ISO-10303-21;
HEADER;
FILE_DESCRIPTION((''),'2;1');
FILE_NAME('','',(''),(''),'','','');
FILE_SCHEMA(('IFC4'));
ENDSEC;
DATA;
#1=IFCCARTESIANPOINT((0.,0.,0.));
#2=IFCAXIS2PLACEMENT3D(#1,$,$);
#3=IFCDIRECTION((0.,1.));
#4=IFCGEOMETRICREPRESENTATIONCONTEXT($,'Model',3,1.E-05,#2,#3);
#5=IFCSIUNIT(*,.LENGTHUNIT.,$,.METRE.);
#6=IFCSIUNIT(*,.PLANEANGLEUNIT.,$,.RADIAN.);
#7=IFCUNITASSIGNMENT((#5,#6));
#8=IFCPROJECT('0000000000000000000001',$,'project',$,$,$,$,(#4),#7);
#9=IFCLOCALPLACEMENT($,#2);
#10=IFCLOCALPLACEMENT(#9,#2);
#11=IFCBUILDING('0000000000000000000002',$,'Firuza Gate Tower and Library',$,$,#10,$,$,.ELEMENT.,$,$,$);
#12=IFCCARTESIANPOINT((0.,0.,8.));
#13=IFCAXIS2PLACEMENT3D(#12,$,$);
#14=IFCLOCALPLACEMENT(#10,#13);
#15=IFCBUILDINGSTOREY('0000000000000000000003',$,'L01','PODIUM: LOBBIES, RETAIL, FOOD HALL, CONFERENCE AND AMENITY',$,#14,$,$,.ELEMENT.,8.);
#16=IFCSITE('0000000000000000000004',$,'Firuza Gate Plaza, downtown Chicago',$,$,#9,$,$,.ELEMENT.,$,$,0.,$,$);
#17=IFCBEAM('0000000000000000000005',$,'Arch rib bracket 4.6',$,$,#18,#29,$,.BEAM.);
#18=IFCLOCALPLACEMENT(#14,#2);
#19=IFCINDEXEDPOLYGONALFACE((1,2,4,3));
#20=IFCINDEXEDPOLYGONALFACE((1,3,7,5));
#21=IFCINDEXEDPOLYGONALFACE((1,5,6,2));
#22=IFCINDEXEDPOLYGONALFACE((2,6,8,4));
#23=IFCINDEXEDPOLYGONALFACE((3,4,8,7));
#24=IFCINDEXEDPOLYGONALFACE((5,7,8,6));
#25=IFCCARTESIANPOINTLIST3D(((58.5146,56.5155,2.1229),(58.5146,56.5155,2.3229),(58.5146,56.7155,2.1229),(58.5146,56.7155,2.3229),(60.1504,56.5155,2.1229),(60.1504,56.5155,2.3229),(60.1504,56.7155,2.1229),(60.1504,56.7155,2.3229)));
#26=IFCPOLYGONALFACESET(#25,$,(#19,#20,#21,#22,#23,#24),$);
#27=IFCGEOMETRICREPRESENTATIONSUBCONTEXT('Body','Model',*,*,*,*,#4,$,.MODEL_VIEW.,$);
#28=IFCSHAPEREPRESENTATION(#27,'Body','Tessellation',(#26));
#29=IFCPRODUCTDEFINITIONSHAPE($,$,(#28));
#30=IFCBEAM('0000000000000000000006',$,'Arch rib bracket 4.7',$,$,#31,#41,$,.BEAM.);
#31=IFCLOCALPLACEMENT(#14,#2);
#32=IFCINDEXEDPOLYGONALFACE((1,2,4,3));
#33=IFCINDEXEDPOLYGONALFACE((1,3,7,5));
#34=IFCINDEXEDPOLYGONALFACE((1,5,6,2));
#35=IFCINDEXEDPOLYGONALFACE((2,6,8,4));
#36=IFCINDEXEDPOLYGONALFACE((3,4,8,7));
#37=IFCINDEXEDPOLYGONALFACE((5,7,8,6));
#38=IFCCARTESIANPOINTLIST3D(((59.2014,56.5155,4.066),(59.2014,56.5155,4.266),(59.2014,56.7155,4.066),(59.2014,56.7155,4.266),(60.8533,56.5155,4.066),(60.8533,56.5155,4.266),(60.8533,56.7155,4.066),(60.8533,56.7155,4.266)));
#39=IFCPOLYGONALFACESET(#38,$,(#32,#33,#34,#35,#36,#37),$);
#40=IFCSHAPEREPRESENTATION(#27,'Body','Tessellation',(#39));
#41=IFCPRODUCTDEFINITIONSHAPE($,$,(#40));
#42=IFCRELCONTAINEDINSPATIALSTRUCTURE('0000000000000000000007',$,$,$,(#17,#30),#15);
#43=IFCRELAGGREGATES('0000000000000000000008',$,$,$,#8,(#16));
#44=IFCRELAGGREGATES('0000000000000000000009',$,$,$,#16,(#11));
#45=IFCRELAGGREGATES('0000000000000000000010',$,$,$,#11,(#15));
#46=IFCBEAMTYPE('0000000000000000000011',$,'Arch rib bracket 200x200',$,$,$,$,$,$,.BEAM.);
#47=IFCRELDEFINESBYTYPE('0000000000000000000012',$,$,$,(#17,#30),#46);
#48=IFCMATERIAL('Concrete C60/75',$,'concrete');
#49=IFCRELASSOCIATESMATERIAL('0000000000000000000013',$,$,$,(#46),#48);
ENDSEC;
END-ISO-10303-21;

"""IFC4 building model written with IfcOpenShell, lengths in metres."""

from ifc_helpers import new_model, si_unit, direction, frame, origin, origin_2d, place, context, subcontext, project, spatial, rectangle, extrude, material, material_profile, profile_set, type_object, element, save


model = new_model("IFC4")

# Units and contexts
model_context = context("Model", 3, precision=1e-05, world=origin(), true_north=direction((0.0, 1.0)))
body_context = subcontext(model_context, "Body", "Model", "MODEL_VIEW")
ifc_project = project(units=[si_unit("LENGTHUNIT", "METRE"), si_unit("PLANEANGLEUNIT", "RADIAN")], contexts=[model_context])

# Site, building, storey
site_placement = place(None, origin())
site = spatial("IfcSite", under=ifc_project, at=site_placement, Name="Firuza Gate Plaza, downtown Chicago", CompositionType="ELEMENT", RefElevation=0.0)
building_placement = place(site_placement, origin())
building = spatial("IfcBuilding", under=site, at=building_placement, Name="Firuza Gate Tower and Library", CompositionType="ELEMENT")
storey_placement = place(building_placement, frame((0.0, 0.0, 8.0)))
storey = spatial("IfcBuildingStorey", under=building, at=storey_placement, Name="L01", Description="PODIUM: LOBBIES, RETAIL, FOOD HALL, CONFERENCE AND AMENITY", CompositionType="ELEMENT", Elevation=8.0)

# Beams
ifc_material_1 = material(Name="Concrete C60/75", Category="concrete")
ifc_material_profile_1 = material_profile(ifc_material_1, rectangle(XDim=0.2, YDim=0.2, at=origin_2d()))
ifc_profile_set_1 = profile_set([ifc_material_profile_1], Name="Concrete C60/75")
beam_type = type_object("IfcBeamType", Name="Arch rib bracket 200x200", PredefinedType="BEAM", material=ifc_profile_set_1)
beam_1_placement = place(storey_placement, frame((58.5146, 56.6155, 2.2229), z_axis=(1.0, 0.0, 0.0), x_axis=(0.0, 1.0, 0.0)))
element("IfcBeam", 1, at=beam_1_placement, inside=storey, type_object=beam_type, Name="Arch rib bracket 4.6", PredefinedType="BEAM", context=body_context, shape_type="SweptSolid", body=[
    extrude(rectangle(XDim=0.2, YDim=0.2, at=origin_2d()), origin(), (0.0, 0.0, 1.0), 1.6357),
])
beam_2_placement = place(storey_placement, frame((59.2014, 56.6155, 4.166), z_axis=(1.0, 0.0, 0.0), x_axis=(0.0, 1.0, 0.0)))
element("IfcBeam", 2, at=beam_2_placement, inside=storey, type_object=beam_type, Name="Arch rib bracket 4.7", PredefinedType="BEAM", context=body_context, shape_type="SweptSolid", body=[
    extrude(rectangle(XDim=0.2, YDim=0.2, at=origin_2d()), origin(), (0.0, 0.0, 1.0), 1.6519),
])

save(model, "model.ifc")
